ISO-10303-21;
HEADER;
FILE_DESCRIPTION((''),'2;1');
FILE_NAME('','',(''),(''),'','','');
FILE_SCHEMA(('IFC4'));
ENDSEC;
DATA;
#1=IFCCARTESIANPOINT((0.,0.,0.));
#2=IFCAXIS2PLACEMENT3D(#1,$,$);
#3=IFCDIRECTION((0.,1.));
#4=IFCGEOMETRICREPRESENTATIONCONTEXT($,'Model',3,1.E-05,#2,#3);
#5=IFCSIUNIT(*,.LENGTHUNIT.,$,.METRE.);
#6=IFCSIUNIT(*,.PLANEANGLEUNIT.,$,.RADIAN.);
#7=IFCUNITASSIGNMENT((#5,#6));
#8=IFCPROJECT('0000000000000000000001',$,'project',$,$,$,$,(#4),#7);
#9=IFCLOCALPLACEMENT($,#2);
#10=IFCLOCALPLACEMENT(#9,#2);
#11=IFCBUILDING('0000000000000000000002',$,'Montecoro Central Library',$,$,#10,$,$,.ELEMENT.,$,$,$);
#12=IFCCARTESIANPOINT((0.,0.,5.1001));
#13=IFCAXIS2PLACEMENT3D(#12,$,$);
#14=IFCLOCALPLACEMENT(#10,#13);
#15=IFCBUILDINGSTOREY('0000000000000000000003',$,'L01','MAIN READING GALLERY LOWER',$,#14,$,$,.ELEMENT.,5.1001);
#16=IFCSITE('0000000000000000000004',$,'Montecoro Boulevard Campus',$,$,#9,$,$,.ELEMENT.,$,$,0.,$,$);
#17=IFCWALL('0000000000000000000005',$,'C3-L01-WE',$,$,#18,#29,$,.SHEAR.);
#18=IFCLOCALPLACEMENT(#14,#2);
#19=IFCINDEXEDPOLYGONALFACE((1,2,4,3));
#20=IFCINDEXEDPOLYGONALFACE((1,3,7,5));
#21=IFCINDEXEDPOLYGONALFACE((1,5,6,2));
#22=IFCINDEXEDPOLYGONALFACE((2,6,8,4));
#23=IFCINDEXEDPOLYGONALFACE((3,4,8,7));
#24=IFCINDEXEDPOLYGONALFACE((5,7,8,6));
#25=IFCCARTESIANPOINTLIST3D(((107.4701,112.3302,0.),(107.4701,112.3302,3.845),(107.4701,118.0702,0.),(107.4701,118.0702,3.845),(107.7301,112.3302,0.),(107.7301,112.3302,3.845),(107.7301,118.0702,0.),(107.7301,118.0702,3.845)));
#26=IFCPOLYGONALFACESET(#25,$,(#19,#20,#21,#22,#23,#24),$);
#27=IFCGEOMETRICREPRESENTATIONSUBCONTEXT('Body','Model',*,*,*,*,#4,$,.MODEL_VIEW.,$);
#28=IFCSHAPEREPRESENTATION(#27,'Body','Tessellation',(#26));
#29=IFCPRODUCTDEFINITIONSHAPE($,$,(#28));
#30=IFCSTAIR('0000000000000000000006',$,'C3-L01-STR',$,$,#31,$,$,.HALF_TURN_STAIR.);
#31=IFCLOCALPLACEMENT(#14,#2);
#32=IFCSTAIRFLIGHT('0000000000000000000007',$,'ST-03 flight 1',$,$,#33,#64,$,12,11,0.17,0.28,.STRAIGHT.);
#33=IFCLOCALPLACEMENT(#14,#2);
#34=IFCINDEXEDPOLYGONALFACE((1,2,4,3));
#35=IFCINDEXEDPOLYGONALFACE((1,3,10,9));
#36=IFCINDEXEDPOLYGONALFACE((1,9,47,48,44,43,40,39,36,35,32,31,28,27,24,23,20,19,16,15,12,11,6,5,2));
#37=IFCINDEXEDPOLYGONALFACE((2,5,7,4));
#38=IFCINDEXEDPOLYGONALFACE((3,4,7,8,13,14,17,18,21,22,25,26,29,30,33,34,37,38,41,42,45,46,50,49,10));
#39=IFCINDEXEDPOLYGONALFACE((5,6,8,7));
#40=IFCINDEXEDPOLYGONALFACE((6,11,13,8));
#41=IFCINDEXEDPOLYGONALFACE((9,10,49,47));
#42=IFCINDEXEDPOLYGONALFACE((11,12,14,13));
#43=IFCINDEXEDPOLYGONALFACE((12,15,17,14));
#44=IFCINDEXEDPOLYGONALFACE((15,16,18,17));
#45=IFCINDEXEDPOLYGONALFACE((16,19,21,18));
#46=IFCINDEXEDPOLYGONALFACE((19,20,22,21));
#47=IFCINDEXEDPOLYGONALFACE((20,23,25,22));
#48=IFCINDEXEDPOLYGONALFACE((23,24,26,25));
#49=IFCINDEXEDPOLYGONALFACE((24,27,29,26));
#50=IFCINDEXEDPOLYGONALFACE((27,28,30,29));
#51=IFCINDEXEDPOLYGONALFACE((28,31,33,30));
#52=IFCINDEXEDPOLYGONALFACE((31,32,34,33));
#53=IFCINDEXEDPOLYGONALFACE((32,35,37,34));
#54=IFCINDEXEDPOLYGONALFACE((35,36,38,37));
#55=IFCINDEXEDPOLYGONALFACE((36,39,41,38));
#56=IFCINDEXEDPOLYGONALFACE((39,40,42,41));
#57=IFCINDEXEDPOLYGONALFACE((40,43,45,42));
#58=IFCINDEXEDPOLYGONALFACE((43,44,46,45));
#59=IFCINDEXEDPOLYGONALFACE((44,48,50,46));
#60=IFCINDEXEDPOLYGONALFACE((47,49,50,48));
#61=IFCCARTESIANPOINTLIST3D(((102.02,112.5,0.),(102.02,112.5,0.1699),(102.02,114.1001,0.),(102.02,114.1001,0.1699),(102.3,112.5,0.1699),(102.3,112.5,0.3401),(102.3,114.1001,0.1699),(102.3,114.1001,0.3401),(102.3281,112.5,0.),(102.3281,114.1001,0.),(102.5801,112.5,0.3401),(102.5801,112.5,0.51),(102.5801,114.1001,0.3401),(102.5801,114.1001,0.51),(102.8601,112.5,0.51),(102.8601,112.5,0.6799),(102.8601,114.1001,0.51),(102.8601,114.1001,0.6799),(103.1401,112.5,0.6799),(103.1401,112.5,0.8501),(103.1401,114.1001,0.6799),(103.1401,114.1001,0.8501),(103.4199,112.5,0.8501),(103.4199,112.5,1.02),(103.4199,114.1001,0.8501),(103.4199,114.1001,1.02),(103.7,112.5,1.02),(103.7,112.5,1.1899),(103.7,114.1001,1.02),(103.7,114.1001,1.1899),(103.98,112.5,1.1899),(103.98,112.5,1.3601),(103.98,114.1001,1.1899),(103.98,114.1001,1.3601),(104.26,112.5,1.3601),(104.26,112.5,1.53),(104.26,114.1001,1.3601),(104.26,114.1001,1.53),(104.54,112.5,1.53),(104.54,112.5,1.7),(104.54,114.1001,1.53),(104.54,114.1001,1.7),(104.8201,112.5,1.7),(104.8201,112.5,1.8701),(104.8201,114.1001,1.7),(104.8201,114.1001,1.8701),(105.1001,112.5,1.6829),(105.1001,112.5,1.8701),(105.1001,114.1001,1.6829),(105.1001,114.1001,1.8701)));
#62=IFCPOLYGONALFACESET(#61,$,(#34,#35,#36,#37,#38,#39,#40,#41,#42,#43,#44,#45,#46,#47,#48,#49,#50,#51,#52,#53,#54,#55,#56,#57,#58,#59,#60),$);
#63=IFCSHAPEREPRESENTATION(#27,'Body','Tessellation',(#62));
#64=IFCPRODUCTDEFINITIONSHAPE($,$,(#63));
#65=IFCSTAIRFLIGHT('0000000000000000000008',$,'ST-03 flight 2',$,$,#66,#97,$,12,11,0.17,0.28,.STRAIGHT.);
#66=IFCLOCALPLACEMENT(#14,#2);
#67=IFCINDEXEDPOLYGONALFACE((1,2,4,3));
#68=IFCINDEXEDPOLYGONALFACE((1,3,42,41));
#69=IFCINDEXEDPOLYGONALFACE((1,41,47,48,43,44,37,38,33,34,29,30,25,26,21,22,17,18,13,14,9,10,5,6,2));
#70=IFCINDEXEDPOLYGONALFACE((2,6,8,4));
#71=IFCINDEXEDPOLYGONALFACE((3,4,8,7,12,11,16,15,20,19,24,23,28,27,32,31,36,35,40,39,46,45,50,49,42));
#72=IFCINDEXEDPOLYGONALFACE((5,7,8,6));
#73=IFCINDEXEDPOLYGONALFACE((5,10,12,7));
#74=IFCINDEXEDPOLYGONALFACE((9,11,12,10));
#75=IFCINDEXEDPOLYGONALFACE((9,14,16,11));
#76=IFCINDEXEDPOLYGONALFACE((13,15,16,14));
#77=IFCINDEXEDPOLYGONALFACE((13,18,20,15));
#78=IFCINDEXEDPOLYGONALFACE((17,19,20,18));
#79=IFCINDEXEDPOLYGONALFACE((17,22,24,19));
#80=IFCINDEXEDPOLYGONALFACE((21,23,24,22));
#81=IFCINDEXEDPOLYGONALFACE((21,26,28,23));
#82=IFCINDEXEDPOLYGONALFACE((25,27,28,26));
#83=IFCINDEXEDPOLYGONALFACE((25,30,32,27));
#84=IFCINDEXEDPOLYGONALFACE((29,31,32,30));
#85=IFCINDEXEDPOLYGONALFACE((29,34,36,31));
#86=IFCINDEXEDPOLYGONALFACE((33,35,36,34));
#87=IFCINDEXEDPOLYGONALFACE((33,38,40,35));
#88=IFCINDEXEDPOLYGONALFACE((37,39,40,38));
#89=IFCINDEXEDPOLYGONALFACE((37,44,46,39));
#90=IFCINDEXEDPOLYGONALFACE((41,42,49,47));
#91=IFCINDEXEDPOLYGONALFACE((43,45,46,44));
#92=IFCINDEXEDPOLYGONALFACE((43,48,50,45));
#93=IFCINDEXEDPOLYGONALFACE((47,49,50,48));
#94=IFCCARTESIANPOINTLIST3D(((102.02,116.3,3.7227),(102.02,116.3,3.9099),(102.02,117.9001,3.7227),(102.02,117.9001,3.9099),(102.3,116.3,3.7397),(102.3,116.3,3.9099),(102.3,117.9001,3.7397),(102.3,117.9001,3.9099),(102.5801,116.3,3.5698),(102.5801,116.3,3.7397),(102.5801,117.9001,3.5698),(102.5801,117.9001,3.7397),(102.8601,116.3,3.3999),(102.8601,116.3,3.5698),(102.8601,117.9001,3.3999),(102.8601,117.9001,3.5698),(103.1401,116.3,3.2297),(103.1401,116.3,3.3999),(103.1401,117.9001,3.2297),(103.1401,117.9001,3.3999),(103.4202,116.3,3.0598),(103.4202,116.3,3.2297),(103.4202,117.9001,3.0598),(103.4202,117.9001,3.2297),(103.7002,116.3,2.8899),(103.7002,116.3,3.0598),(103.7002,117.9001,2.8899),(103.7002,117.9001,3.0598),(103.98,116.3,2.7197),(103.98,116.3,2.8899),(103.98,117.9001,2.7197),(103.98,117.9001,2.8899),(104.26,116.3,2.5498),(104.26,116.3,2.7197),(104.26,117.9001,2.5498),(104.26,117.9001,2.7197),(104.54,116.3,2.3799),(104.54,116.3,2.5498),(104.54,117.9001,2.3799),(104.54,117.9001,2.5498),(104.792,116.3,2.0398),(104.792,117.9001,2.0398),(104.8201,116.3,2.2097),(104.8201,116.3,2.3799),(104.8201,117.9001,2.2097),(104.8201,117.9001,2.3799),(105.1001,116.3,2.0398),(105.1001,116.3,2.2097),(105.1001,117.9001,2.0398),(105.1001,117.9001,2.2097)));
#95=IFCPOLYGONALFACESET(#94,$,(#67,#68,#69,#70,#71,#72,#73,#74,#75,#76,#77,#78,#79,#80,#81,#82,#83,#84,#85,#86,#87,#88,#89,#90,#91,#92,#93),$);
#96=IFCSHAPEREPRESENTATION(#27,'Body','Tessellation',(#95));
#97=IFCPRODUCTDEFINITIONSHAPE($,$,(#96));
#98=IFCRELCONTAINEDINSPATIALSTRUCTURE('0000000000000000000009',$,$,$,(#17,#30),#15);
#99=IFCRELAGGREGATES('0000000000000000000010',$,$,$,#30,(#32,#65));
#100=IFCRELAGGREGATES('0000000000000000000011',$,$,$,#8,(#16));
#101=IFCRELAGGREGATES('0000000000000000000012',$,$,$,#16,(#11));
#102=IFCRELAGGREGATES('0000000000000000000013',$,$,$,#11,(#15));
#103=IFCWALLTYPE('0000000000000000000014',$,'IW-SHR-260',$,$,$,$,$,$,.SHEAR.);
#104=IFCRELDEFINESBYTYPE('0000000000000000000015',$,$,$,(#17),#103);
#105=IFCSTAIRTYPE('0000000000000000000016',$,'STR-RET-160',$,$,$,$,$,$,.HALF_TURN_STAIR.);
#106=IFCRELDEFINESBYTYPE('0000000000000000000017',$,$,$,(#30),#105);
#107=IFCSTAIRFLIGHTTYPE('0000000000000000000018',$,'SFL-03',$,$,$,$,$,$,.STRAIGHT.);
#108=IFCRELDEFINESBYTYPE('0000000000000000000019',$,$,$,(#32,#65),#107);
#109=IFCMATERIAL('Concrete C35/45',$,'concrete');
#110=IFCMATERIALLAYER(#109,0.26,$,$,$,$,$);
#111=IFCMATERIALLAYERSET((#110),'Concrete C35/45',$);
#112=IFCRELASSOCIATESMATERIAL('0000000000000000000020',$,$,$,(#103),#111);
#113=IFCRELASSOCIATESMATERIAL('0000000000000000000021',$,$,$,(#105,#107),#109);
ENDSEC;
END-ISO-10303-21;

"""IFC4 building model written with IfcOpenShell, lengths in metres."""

from ifc_helpers import new_model, si_unit, direction, frame, frame_2d, origin, place, context, subcontext, project, spatial, polyline, rectangle, outline, extrude, material, layer, layer_set, type_object, element, aggregate, save


model = new_model("IFC4")

# Units and contexts
model_context = context("Model", 3, precision=1e-05, world=origin(), true_north=direction((0.0, 1.0)))
body_context = subcontext(model_context, "Body", "Model", "MODEL_VIEW")
ifc_project = project(units=[si_unit("LENGTHUNIT", "METRE"), si_unit("PLANEANGLEUNIT", "RADIAN")], contexts=[model_context])

# Site, building, storey
site_placement = place(None, origin())
site = spatial("IfcSite", under=ifc_project, at=site_placement, Name="Montecoro Boulevard Campus", CompositionType="ELEMENT", RefElevation=0.0)
building_placement = place(site_placement, origin())
building = spatial("IfcBuilding", under=site, at=building_placement, Name="Montecoro Central Library", CompositionType="ELEMENT")
storey_placement = place(building_placement, frame((0.0, 0.0, 5.1001)))
storey = spatial("IfcBuildingStorey", under=building, at=storey_placement, Name="L01", Description="MAIN READING GALLERY LOWER", CompositionType="ELEMENT", Elevation=5.1001)

# Shared definitions
ifc_material_1 = material(Name="Concrete C35/45", Category="concrete")

# Shared definitions
ifc_layer_1 = layer(ifc_material_1, 0.26)
ifc_layer_set_1 = layer_set([ifc_layer_1], Name="Concrete C35/45")
wall_type_1 = type_object("IfcWallType", Name="IW-SHR-260", PredefinedType="SHEAR", material=ifc_layer_set_1)

# Wall
for number, where, z_axis, x_axis, name in (
    (1, (107.6001, 112.3301, 0.0), (0.0, 0.0, 1.0), (0.0, 1.0, 0.0), "C3-L01-WE"),
):
    element("IfcWall", number, at=place(storey_placement, frame(where, z_axis=z_axis, x_axis=x_axis)), inside=storey, type_object=wall_type_1, Name=name, PredefinedType="SHEAR", context=body_context, shape_type="SweptSolid", body=[
        extrude(rectangle(XDim=5.74, YDim=0.26, at=frame_2d((2.8701, 0.0))), origin(), (0.0, 0.0, 1.0), 3.845),
    ])

# Stair, stair flights
stair_type = type_object("IfcStairType", Name="STR-RET-160", PredefinedType="HALF_TURN_STAIR", material=ifc_material_1)
stair_placement = place(storey_placement, origin())
stair = element("IfcStair", 2, at=stair_placement, inside=storey, type_object=stair_type, Name="C3-L01-STR", PredefinedType="HALF_TURN_STAIR")
stair_flight_type = type_object("IfcStairFlightType", Name="SFL-03", PredefinedType="STRAIGHT", material=ifc_material_1)
stair_flight_1_placement = place(storey_placement, frame((102.02, 113.3, 0.0), z_axis=(0.0, 0.0, 1.0), x_axis=(1.0, 0.0, 0.0)))
stair_flight_1 = element("IfcStairFlight", 3, at=stair_flight_1_placement, type_object=stair_flight_type, Name="ST-03 flight 1", NumberOfRisers=12, NumberOfTreads=11, PredefinedType="STRAIGHT", RiserHeight=0.17, TreadLength=0.28, context=body_context, shape_type="SweptSolid", body=[
    extrude(outline(polyline([(0.0, 0.0), (0.0, 0.1699), (0.28, 0.1699), (0.28, 0.3401), (0.5601, 0.3401), (0.5601, 0.51), (0.8401, 0.51), (0.8401, 0.6799), (1.1201, 0.6799), (1.1201, 0.8501), (1.3999, 0.8501), (1.3999, 1.02), (1.6799, 1.02), (1.6799, 1.1899), (1.96, 1.1899), (1.96, 1.3601), (2.24, 1.3601), (2.24, 1.53), (2.52, 1.53), (2.52, 1.7), (2.8, 1.7), (2.8, 1.8701), (3.0801, 1.8701), (3.0801, 2.04), (3.0801, 1.6829), (0.3081, 0.0), (0.0, 0.0)])), frame((0.0, 0.8, 0.0), z_axis=(0.0, -1.0, 0.0), x_axis=(1.0, 0.0, 0.0)), (0.0, 0.0, 1.0), 1.6001),
])
stair_flight_2_placement = place(storey_placement, frame((105.1001, 117.1001, 2.0398), z_axis=(0.0, 0.0, 1.0), x_axis=(-1.0, 0.0, 0.0)))
stair_flight_2 = element("IfcStairFlight", 4, at=stair_flight_2_placement, type_object=stair_flight_type, Name="ST-03 flight 2", NumberOfRisers=12, NumberOfTreads=11, PredefinedType="STRAIGHT", RiserHeight=0.17, TreadLength=0.28, context=body_context, shape_type="SweptSolid", body=[
    extrude(outline(polyline([(0.0, 0.0), (0.0, 0.1699), (0.28, 0.1699), (0.28, 0.3401), (0.5601, 0.3401), (0.5601, 0.51), (0.8401, 0.51), (0.8401, 0.6799), (1.1201, 0.6799), (1.1201, 0.8501), (1.3999, 0.8501), (1.3999, 1.02), (1.6799, 1.02), (1.6799, 1.1899), (1.96, 1.1899), (1.96, 1.3601), (2.24, 1.3601), (2.24, 1.53), (2.52, 1.53), (2.52, 1.7), (2.8, 1.7), (2.8, 1.8701), (3.0801, 1.8701), (3.0801, 2.04), (3.0801, 1.6829), (0.3081, 0.0), (0.0, 0.0)])), frame((0.0, 0.8, 0.0), z_axis=(0.0, -1.0, 0.0), x_axis=(1.0, 0.0, 0.0)), (0.0, 0.0, 1.0), 1.6001),
])
aggregate(stair, [stair_flight_1, stair_flight_2])

save(model, "model.ifc")
